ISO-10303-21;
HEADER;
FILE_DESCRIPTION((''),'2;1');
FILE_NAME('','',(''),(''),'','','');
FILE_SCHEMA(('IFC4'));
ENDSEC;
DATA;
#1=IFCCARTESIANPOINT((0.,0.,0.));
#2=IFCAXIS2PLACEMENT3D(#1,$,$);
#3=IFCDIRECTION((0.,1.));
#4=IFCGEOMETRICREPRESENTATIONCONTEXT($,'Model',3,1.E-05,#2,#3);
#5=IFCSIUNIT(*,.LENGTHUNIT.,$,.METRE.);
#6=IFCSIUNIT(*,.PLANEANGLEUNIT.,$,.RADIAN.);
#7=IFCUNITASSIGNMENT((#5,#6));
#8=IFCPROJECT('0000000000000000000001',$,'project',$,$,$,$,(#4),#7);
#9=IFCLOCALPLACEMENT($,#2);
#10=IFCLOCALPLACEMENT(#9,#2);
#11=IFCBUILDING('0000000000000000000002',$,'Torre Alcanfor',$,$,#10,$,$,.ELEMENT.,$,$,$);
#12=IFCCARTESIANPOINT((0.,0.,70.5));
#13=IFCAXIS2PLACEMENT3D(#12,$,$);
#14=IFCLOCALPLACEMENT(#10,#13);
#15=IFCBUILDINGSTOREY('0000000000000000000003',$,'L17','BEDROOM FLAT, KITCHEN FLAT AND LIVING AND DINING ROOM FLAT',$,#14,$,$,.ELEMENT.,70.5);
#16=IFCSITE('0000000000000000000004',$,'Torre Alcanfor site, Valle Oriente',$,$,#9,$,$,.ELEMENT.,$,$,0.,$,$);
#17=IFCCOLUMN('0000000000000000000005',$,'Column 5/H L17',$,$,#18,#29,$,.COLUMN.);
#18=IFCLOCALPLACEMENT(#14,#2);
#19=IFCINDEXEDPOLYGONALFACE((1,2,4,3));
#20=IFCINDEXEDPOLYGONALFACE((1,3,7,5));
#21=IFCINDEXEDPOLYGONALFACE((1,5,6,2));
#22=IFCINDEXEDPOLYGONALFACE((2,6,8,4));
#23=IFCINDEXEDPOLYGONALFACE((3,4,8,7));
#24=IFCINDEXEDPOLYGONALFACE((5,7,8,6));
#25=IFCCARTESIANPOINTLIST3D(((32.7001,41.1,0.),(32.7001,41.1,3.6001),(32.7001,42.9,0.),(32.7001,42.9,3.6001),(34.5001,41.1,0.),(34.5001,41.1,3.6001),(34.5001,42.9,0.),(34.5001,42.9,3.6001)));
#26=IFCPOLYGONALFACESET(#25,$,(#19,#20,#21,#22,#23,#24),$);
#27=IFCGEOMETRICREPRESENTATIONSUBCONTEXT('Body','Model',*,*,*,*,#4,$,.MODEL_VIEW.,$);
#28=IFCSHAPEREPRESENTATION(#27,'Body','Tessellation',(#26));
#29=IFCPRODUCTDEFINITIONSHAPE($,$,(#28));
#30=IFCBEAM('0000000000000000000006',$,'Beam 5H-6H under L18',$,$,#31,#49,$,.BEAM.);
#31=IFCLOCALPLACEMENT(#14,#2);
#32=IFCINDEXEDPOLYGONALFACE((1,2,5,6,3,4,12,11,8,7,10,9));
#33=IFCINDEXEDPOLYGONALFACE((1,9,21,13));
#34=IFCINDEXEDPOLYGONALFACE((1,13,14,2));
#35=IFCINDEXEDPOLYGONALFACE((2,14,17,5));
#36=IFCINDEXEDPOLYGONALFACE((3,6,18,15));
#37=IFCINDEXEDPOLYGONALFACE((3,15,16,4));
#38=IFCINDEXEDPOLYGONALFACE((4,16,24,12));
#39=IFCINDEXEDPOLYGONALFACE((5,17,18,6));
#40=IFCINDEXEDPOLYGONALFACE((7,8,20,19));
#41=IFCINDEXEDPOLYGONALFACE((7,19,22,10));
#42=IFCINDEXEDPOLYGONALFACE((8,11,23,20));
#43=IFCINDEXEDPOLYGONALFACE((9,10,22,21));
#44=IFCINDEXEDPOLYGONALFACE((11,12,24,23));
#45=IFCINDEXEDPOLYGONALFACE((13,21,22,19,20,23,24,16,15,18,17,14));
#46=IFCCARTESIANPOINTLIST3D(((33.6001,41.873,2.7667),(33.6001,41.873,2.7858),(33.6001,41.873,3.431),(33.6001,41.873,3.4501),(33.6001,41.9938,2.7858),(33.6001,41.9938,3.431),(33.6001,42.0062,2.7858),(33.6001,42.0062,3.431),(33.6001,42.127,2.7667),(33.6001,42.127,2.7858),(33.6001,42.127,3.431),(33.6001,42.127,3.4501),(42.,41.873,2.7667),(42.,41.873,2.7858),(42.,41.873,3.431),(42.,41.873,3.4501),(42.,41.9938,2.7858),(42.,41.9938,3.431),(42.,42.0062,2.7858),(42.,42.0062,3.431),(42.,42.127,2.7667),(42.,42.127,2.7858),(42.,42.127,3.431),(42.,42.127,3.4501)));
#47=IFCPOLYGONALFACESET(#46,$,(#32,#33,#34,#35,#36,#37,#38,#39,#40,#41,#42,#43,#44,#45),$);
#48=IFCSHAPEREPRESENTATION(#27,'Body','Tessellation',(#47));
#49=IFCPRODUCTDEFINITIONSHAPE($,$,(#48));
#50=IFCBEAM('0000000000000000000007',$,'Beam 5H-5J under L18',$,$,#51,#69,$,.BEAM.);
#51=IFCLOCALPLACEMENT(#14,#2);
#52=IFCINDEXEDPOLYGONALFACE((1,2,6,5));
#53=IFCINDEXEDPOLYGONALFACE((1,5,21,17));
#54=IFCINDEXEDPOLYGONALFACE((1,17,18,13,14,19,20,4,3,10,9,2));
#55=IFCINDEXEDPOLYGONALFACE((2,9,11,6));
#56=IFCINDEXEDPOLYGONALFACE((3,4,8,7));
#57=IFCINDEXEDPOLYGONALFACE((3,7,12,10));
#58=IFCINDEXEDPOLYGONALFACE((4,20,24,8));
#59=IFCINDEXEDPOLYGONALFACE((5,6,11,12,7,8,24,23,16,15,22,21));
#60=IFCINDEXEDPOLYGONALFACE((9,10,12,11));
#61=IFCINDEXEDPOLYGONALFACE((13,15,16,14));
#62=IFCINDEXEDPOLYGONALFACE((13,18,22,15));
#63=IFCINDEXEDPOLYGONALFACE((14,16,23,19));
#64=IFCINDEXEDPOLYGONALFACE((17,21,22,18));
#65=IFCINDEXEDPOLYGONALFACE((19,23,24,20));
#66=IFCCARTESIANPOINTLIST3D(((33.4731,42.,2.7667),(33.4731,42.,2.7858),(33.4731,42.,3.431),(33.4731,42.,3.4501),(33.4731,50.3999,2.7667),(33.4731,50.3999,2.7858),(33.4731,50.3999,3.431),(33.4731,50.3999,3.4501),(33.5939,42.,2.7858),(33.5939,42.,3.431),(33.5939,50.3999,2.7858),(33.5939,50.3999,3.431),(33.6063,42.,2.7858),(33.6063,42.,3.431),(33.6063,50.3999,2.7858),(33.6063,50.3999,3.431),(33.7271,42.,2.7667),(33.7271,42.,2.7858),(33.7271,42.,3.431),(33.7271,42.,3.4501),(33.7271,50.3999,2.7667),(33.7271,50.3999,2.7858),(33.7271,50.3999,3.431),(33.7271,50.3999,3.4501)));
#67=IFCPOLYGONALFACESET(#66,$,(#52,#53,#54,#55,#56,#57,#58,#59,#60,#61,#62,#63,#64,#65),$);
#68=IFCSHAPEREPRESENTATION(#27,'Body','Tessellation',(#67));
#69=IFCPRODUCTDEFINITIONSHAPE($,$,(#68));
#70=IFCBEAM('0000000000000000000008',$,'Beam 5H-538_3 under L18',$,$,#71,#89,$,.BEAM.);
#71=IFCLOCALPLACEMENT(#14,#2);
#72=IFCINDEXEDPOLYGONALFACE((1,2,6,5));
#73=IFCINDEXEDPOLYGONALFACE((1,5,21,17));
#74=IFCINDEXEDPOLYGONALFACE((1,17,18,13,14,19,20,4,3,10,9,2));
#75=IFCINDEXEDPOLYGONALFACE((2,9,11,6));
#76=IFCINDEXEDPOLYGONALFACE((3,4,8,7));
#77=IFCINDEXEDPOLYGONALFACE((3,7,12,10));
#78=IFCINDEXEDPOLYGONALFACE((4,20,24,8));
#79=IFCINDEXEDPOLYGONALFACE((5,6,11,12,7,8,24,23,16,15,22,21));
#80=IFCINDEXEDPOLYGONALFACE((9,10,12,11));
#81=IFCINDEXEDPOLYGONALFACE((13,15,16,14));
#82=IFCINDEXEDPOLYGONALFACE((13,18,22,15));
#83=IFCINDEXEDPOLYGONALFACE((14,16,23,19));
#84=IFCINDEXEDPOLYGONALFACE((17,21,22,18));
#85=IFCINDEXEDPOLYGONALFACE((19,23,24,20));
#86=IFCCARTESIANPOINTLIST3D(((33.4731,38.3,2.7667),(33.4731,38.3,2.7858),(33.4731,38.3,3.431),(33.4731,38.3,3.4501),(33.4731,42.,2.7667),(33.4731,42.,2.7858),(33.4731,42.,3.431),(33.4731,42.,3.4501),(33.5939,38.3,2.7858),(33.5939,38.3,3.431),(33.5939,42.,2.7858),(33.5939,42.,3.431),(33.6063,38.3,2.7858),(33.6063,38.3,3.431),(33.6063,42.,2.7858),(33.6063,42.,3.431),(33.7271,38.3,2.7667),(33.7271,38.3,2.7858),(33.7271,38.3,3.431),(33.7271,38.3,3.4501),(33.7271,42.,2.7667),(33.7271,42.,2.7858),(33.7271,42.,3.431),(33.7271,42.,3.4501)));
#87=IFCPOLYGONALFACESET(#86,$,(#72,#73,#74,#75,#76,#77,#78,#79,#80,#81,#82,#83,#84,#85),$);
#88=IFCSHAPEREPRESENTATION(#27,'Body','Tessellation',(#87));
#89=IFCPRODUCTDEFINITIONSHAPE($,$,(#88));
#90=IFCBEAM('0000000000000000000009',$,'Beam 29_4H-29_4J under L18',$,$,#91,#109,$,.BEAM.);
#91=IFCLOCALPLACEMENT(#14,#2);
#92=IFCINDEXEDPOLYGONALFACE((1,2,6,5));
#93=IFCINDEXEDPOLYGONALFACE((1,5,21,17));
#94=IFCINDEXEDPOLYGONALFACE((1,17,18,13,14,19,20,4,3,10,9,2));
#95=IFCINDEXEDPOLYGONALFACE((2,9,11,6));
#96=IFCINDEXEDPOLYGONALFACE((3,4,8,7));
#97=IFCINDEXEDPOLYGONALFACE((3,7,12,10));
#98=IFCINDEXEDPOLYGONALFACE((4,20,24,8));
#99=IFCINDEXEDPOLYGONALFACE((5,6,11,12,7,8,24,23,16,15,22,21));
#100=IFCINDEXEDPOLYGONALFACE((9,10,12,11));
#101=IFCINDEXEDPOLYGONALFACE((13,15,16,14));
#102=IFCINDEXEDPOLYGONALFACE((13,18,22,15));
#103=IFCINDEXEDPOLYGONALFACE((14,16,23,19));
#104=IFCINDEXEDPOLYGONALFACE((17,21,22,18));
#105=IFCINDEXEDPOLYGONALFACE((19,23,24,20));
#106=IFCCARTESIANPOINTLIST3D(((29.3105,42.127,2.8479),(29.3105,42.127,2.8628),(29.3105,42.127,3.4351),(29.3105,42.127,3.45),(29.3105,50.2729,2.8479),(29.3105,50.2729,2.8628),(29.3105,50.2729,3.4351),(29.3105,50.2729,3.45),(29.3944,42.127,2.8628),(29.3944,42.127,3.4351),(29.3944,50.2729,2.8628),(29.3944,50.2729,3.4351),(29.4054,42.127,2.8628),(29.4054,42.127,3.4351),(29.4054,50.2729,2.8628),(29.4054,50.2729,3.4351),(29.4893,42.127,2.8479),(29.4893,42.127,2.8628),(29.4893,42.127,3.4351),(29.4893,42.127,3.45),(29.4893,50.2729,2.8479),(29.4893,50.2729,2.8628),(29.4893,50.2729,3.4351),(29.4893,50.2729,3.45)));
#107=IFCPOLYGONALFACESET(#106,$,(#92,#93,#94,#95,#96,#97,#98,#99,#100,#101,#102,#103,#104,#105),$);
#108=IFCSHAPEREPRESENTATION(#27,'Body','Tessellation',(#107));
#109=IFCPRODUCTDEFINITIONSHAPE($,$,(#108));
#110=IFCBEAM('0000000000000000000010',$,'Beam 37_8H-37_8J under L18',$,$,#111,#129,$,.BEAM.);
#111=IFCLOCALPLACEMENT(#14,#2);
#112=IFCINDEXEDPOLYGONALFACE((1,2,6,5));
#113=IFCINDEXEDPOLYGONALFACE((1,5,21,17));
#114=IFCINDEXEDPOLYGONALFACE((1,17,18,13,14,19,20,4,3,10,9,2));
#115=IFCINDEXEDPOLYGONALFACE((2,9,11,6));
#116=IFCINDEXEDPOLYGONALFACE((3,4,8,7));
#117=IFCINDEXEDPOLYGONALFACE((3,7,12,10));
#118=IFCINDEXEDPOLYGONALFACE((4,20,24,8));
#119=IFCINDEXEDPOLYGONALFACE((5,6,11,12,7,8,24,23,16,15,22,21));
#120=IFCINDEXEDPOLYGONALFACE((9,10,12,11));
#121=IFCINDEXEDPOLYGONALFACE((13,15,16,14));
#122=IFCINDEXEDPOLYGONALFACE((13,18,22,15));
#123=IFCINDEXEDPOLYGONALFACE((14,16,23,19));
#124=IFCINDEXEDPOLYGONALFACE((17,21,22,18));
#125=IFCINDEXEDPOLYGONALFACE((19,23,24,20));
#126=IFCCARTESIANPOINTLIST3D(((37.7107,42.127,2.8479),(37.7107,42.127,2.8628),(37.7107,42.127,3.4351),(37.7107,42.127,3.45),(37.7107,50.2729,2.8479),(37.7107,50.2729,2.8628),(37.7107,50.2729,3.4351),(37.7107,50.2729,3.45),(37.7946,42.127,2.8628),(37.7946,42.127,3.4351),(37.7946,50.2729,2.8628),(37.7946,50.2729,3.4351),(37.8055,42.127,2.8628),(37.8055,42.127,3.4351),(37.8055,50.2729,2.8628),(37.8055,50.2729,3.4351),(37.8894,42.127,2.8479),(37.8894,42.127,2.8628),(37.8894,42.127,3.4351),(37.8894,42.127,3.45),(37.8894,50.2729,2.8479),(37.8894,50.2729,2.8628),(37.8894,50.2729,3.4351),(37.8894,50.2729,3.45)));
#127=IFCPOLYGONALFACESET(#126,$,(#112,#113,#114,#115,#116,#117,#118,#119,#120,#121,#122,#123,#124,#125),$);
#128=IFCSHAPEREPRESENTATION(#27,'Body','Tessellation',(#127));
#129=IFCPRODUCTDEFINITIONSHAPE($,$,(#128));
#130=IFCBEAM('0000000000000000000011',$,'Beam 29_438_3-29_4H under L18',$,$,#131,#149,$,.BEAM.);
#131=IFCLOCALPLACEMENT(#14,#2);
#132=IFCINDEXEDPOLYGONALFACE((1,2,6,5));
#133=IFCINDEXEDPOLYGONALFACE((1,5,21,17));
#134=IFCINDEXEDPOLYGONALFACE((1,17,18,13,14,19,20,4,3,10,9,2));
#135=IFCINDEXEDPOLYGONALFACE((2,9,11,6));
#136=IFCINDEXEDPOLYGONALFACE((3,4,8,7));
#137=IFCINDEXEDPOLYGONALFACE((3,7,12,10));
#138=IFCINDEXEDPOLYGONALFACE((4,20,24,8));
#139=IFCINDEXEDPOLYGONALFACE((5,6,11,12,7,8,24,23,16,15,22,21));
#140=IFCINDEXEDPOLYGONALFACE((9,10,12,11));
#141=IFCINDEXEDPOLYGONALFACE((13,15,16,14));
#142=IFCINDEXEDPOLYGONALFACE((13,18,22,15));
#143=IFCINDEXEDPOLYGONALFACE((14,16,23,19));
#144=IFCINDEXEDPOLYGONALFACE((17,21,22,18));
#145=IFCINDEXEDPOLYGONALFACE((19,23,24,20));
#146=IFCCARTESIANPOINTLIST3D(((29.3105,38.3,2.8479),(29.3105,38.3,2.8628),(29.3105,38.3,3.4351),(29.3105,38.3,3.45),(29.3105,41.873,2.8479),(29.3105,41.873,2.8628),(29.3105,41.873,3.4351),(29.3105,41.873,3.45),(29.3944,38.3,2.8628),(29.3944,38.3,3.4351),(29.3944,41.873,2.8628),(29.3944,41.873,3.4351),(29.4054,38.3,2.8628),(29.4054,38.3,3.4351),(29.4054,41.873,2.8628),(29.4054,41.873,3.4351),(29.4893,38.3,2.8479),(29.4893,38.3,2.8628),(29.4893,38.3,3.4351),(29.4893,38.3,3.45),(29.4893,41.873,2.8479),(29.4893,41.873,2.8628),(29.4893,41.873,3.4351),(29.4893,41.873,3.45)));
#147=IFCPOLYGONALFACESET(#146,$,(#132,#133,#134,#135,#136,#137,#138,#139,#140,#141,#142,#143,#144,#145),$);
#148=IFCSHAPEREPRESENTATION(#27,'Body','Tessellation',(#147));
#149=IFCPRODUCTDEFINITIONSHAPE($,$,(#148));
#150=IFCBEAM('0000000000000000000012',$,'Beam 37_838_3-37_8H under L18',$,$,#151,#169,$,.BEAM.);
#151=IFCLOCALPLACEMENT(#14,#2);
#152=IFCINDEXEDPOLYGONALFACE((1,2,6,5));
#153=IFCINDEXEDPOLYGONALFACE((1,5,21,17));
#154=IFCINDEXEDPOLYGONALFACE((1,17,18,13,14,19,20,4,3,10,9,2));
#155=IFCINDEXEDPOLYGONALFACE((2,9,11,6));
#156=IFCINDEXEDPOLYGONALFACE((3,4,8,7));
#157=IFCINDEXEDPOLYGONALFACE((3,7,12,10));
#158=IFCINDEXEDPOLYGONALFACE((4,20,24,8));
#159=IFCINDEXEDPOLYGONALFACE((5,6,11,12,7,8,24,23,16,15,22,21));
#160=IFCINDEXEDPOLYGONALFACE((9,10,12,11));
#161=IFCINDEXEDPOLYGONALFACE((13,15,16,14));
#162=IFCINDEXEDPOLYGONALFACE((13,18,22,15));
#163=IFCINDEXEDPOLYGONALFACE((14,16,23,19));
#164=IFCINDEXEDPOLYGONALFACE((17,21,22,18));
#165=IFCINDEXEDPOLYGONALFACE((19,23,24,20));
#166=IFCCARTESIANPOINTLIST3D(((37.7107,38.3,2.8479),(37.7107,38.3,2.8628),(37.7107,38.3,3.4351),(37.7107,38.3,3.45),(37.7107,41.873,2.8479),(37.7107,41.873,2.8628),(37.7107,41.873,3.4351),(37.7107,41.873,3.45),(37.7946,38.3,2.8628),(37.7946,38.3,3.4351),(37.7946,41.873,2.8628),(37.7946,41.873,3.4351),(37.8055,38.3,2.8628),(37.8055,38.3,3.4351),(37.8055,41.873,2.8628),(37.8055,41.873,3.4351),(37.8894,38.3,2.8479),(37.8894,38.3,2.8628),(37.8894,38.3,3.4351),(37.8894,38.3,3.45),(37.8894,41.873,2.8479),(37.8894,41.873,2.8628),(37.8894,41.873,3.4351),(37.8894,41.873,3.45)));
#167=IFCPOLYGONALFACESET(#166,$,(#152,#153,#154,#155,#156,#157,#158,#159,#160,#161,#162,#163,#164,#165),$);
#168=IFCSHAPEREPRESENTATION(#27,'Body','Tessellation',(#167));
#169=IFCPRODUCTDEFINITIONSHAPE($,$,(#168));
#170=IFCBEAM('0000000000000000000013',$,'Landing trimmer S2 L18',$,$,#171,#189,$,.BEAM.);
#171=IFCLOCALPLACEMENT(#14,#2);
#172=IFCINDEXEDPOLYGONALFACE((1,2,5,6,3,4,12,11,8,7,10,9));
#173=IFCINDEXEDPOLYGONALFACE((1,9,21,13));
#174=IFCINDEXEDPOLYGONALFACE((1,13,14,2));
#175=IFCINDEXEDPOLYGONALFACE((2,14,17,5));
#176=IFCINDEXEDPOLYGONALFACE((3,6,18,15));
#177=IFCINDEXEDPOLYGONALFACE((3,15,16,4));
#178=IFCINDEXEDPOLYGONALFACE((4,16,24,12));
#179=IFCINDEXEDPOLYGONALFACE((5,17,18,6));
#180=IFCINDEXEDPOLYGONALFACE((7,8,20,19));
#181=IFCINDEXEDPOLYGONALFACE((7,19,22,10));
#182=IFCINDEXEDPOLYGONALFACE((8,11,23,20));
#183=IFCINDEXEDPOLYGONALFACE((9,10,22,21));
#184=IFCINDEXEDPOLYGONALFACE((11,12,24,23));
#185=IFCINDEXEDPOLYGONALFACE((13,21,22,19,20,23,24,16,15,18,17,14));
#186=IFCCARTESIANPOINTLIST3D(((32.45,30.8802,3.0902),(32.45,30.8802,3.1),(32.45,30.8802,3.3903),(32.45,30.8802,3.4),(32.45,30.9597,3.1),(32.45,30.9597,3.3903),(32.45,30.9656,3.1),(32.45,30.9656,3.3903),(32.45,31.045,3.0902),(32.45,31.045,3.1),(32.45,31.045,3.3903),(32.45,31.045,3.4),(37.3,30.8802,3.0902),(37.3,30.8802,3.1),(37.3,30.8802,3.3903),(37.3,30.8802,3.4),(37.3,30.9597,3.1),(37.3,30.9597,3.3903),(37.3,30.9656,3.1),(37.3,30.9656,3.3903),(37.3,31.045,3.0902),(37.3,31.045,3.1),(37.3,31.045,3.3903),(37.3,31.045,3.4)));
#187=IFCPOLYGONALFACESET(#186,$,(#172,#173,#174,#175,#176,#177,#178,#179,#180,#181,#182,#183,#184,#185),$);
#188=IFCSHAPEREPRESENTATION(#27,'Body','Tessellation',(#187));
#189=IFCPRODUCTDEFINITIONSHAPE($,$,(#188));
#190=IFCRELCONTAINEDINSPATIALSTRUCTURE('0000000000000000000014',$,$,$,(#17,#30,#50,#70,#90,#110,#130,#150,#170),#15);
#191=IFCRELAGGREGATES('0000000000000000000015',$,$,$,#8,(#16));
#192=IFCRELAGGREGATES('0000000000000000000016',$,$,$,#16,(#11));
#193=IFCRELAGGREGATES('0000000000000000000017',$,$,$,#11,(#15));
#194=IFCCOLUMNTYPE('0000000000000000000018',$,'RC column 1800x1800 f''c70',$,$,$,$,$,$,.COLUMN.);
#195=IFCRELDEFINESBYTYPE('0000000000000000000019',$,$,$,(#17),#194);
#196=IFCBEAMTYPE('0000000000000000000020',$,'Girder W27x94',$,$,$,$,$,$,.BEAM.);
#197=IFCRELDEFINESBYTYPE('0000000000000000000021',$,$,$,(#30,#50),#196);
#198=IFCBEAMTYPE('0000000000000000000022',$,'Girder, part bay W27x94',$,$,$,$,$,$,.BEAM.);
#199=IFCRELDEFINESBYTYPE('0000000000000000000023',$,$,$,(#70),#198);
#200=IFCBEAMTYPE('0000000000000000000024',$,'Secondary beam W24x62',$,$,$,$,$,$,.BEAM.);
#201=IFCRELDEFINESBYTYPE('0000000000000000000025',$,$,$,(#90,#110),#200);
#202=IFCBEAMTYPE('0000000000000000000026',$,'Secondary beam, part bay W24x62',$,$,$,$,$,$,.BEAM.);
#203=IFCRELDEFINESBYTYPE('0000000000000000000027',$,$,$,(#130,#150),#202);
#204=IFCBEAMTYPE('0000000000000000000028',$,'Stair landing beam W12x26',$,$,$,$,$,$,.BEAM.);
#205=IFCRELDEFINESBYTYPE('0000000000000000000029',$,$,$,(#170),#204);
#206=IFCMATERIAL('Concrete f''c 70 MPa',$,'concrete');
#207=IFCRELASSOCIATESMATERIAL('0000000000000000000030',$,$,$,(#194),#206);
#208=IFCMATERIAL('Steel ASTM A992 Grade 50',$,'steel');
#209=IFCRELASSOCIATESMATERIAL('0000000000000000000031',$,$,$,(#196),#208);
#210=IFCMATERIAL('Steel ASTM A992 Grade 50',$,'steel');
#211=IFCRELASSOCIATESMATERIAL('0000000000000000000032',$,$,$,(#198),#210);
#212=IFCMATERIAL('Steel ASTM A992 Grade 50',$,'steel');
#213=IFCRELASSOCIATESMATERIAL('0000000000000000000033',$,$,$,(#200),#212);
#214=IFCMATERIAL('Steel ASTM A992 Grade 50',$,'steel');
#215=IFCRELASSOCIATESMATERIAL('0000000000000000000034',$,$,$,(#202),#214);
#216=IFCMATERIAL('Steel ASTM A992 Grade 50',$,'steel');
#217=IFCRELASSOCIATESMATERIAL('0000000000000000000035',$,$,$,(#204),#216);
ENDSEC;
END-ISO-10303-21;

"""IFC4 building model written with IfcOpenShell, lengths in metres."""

from ifc_helpers import new_model, si_unit, direction, frame, origin, origin_2d, place, context, subcontext, project, spatial, rectangle, i_section, extrude, material, material_profile, profile_set, type_object, element, save


model = new_model("IFC4")

# Units and contexts
model_context = context("Model", 3, precision=1e-05, world=origin(), true_north=direction((0.0, 1.0)))
body_context = subcontext(model_context, "Body", "Model", "MODEL_VIEW")
ifc_project = project(units=[si_unit("LENGTHUNIT", "METRE"), si_unit("PLANEANGLEUNIT", "RADIAN")], contexts=[model_context])

# Site, building, storey
site_placement = place(None, origin())
site = spatial("IfcSite", under=ifc_project, at=site_placement, Name="Torre Alcanfor site, Valle Oriente", CompositionType="ELEMENT", RefElevation=0.0)
building_placement = place(site_placement, origin())
building = spatial("IfcBuilding", under=site, at=building_placement, Name="Torre Alcanfor", CompositionType="ELEMENT")
storey_placement = place(building_placement, frame((0.0, 0.0, 70.5)))
storey = spatial("IfcBuildingStorey", under=building, at=storey_placement, Name="L17", Description="BEDROOM FLAT, KITCHEN FLAT AND LIVING AND DINING ROOM FLAT", CompositionType="ELEMENT", Elevation=70.5)

# Column
ifc_material_1 = material(Name="Concrete f'c 70 MPa", Category="concrete")
ifc_material_profile_1 = material_profile(ifc_material_1, rectangle(XDim=1.8, YDim=1.8, at=origin_2d()), Name="1800x1800")
ifc_profile_set_1 = profile_set([ifc_material_profile_1], Name="Concrete f'c 70 MPa")
column_type = type_object("IfcColumnType", Name="RC column 1800x1800 f'c70", PredefinedType="COLUMN", material=ifc_profile_set_1)
column_placement = place(storey_placement, frame((33.6001, 42.0, 0.0), z_axis=(0.0, 0.0, 1.0), x_axis=(1.0, 0.0, 0.0)))
element("IfcColumn", 1, at=column_placement, inside=storey, type_object=column_type, Name="Column 5/H L17", PredefinedType="COLUMN", context=body_context, shape_type="SweptSolid", body=[
    extrude(rectangle(XDim=1.8, YDim=1.8, at=origin_2d()), origin(), (0.0, 0.0, 1.0), 3.6001),
])

# Beams
ifc_material_2 = material(Name="Steel ASTM A992 Grade 50", Category="steel")
ifc_material_profile_2 = material_profile(ifc_material_2, i_section(OverallWidth=0.2539, OverallDepth=0.6833, WebThickness=0.0125, FlangeThickness=0.019, at=origin_2d()), Name="W27x94")
ifc_profile_set_2 = profile_set([ifc_material_profile_2], Name="Steel ASTM A992 Grade 50")
beam_type_1 = type_object("IfcBeamType", Name="Girder W27x94", PredefinedType="BEAM", material=ifc_profile_set_2)
for number, where, z_axis, x_axis, name in (
    (2, (33.6001, 42.0, 3.1084), (1.0, 0.0, 0.0), (0.0, 1.0, 0.0), "Beam 5H-6H under L18"),
    (3, (33.6001, 42.0, 3.1084), (0.0, 1.0, 0.0), (-1.0, 0.0, 0.0), "Beam 5H-5J under L18"),
):
    element("IfcBeam", number, at=place(storey_placement, frame(where, z_axis=z_axis, x_axis=x_axis)), inside=storey, type_object=beam_type_1, Name=name, PredefinedType="BEAM", context=body_context, shape_type="SweptSolid", body=[
        extrude(i_section(OverallWidth=0.2539, OverallDepth=0.6833, WebThickness=0.0125, FlangeThickness=0.019, at=origin_2d()), origin(), (0.0, 0.0, 1.0), 8.3999),
    ])
ifc_material_3 = material(Name="Steel ASTM A992 Grade 50", Category="steel")
ifc_material_profile_3 = material_profile(ifc_material_3, i_section(OverallWidth=0.2539, OverallDepth=0.6833, WebThickness=0.0125, FlangeThickness=0.019, at=origin_2d()), Name="W27x94")
ifc_profile_set_3 = profile_set([ifc_material_profile_3], Name="Steel ASTM A992 Grade 50")
beam_type_2 = type_object("IfcBeamType", Name="Girder, part bay W27x94", PredefinedType="BEAM", material=ifc_profile_set_3)
beam_1_placement = place(storey_placement, frame((33.6001, 42.0, 3.1084), z_axis=(0.0, -1.0, 0.0), x_axis=(1.0, 0.0, 0.0)))
element("IfcBeam", 4, at=beam_1_placement, inside=storey, type_object=beam_type_2, Name="Beam 5H-538_3 under L18", PredefinedType="BEAM", context=body_context, shape_type="SweptSolid", body=[
    extrude(i_section(OverallWidth=0.2539, OverallDepth=0.6833, WebThickness=0.0125, FlangeThickness=0.019, at=origin_2d()), origin(), (0.0, 0.0, 1.0), 3.7),
])
ifc_material_4 = material(Name="Steel ASTM A992 Grade 50", Category="steel")
ifc_material_profile_4 = material_profile(ifc_material_4, i_section(OverallWidth=0.1787, OverallDepth=0.6021, WebThickness=0.011, FlangeThickness=0.0149, at=origin_2d()), Name="W24x62")
ifc_profile_set_4 = profile_set([ifc_material_profile_4], Name="Steel ASTM A992 Grade 50")
beam_type_3 = type_object("IfcBeamType", Name="Secondary beam W24x62", PredefinedType="BEAM", material=ifc_profile_set_4)
for number, where, z_axis, x_axis, name in (
    (5, (29.3999, 42.127, 3.1489), (0.0, 1.0, 0.0), (-1.0, 0.0, 0.0), "Beam 29_4H-29_4J under L18"),
    (6, (37.8, 42.127, 3.1489), (0.0, 1.0, 0.0), (-1.0, 0.0, 0.0), "Beam 37_8H-37_8J under L18"),
):
    element("IfcBeam", number, at=place(storey_placement, frame(where, z_axis=z_axis, x_axis=x_axis)), inside=storey, type_object=beam_type_3, Name=name, PredefinedType="BEAM", context=body_context, shape_type="SweptSolid", body=[
        extrude(i_section(OverallWidth=0.1787, OverallDepth=0.6021, WebThickness=0.011, FlangeThickness=0.0149, at=origin_2d()), origin(), (0.0, 0.0, 1.0), 8.146),
    ])
ifc_material_5 = material(Name="Steel ASTM A992 Grade 50", Category="steel")
ifc_material_profile_5 = material_profile(ifc_material_5, i_section(OverallWidth=0.1787, OverallDepth=0.6021, WebThickness=0.011, FlangeThickness=0.0149, at=origin_2d()), Name="W24x62")
ifc_profile_set_5 = profile_set([ifc_material_profile_5], Name="Steel ASTM A992 Grade 50")
beam_type_4 = type_object("IfcBeamType", Name="Secondary beam, part bay W24x62", PredefinedType="BEAM", material=ifc_profile_set_5)
for number, where, z_axis, x_axis, name in (
    (7, (29.3999, 38.3, 3.1489), (0.0, 1.0, 0.0), (-1.0, 0.0, 0.0), "Beam 29_438_3-29_4H under L18"),
    (8, (37.8, 38.3, 3.1489), (0.0, 1.0, 0.0), (-1.0, 0.0, 0.0), "Beam 37_838_3-37_8H under L18"),
):
    element("IfcBeam", number, at=place(storey_placement, frame(where, z_axis=z_axis, x_axis=x_axis)), inside=storey, type_object=beam_type_4, Name=name, PredefinedType="BEAM", context=body_context, shape_type="SweptSolid", body=[
        extrude(i_section(OverallWidth=0.1787, OverallDepth=0.6021, WebThickness=0.011, FlangeThickness=0.0149, at=origin_2d()), origin(), (0.0, 0.0, 1.0), 3.573),
    ])
ifc_material_6 = material(Name="Steel ASTM A992 Grade 50", Category="steel")
ifc_material_profile_6 = material_profile(ifc_material_6, i_section(OverallWidth=0.1648, OverallDepth=0.3098, WebThickness=0.0059, FlangeThickness=0.0098, at=origin_2d()), Name="W12x26")
ifc_profile_set_6 = profile_set([ifc_material_profile_6], Name="Steel ASTM A992 Grade 50")
beam_type_5 = type_object("IfcBeamType", Name="Stair landing beam W12x26", PredefinedType="BEAM", material=ifc_profile_set_6)
beam_2_placement = place(storey_placement, frame((32.45, 30.9626, 3.2451), z_axis=(1.0, 0.0, 0.0), x_axis=(0.0, 1.0, 0.0)))
element("IfcBeam", 9, at=beam_2_placement, inside=storey, type_object=beam_type_5, Name="Landing trimmer S2 L18", PredefinedType="BEAM", context=body_context, shape_type="SweptSolid", body=[
    extrude(i_section(OverallWidth=0.1648, OverallDepth=0.3098, WebThickness=0.0059, FlangeThickness=0.0098, at=origin_2d()), origin(), (0.0, 0.0, 1.0), 4.8501),
])

save(model, "model.ifc")
